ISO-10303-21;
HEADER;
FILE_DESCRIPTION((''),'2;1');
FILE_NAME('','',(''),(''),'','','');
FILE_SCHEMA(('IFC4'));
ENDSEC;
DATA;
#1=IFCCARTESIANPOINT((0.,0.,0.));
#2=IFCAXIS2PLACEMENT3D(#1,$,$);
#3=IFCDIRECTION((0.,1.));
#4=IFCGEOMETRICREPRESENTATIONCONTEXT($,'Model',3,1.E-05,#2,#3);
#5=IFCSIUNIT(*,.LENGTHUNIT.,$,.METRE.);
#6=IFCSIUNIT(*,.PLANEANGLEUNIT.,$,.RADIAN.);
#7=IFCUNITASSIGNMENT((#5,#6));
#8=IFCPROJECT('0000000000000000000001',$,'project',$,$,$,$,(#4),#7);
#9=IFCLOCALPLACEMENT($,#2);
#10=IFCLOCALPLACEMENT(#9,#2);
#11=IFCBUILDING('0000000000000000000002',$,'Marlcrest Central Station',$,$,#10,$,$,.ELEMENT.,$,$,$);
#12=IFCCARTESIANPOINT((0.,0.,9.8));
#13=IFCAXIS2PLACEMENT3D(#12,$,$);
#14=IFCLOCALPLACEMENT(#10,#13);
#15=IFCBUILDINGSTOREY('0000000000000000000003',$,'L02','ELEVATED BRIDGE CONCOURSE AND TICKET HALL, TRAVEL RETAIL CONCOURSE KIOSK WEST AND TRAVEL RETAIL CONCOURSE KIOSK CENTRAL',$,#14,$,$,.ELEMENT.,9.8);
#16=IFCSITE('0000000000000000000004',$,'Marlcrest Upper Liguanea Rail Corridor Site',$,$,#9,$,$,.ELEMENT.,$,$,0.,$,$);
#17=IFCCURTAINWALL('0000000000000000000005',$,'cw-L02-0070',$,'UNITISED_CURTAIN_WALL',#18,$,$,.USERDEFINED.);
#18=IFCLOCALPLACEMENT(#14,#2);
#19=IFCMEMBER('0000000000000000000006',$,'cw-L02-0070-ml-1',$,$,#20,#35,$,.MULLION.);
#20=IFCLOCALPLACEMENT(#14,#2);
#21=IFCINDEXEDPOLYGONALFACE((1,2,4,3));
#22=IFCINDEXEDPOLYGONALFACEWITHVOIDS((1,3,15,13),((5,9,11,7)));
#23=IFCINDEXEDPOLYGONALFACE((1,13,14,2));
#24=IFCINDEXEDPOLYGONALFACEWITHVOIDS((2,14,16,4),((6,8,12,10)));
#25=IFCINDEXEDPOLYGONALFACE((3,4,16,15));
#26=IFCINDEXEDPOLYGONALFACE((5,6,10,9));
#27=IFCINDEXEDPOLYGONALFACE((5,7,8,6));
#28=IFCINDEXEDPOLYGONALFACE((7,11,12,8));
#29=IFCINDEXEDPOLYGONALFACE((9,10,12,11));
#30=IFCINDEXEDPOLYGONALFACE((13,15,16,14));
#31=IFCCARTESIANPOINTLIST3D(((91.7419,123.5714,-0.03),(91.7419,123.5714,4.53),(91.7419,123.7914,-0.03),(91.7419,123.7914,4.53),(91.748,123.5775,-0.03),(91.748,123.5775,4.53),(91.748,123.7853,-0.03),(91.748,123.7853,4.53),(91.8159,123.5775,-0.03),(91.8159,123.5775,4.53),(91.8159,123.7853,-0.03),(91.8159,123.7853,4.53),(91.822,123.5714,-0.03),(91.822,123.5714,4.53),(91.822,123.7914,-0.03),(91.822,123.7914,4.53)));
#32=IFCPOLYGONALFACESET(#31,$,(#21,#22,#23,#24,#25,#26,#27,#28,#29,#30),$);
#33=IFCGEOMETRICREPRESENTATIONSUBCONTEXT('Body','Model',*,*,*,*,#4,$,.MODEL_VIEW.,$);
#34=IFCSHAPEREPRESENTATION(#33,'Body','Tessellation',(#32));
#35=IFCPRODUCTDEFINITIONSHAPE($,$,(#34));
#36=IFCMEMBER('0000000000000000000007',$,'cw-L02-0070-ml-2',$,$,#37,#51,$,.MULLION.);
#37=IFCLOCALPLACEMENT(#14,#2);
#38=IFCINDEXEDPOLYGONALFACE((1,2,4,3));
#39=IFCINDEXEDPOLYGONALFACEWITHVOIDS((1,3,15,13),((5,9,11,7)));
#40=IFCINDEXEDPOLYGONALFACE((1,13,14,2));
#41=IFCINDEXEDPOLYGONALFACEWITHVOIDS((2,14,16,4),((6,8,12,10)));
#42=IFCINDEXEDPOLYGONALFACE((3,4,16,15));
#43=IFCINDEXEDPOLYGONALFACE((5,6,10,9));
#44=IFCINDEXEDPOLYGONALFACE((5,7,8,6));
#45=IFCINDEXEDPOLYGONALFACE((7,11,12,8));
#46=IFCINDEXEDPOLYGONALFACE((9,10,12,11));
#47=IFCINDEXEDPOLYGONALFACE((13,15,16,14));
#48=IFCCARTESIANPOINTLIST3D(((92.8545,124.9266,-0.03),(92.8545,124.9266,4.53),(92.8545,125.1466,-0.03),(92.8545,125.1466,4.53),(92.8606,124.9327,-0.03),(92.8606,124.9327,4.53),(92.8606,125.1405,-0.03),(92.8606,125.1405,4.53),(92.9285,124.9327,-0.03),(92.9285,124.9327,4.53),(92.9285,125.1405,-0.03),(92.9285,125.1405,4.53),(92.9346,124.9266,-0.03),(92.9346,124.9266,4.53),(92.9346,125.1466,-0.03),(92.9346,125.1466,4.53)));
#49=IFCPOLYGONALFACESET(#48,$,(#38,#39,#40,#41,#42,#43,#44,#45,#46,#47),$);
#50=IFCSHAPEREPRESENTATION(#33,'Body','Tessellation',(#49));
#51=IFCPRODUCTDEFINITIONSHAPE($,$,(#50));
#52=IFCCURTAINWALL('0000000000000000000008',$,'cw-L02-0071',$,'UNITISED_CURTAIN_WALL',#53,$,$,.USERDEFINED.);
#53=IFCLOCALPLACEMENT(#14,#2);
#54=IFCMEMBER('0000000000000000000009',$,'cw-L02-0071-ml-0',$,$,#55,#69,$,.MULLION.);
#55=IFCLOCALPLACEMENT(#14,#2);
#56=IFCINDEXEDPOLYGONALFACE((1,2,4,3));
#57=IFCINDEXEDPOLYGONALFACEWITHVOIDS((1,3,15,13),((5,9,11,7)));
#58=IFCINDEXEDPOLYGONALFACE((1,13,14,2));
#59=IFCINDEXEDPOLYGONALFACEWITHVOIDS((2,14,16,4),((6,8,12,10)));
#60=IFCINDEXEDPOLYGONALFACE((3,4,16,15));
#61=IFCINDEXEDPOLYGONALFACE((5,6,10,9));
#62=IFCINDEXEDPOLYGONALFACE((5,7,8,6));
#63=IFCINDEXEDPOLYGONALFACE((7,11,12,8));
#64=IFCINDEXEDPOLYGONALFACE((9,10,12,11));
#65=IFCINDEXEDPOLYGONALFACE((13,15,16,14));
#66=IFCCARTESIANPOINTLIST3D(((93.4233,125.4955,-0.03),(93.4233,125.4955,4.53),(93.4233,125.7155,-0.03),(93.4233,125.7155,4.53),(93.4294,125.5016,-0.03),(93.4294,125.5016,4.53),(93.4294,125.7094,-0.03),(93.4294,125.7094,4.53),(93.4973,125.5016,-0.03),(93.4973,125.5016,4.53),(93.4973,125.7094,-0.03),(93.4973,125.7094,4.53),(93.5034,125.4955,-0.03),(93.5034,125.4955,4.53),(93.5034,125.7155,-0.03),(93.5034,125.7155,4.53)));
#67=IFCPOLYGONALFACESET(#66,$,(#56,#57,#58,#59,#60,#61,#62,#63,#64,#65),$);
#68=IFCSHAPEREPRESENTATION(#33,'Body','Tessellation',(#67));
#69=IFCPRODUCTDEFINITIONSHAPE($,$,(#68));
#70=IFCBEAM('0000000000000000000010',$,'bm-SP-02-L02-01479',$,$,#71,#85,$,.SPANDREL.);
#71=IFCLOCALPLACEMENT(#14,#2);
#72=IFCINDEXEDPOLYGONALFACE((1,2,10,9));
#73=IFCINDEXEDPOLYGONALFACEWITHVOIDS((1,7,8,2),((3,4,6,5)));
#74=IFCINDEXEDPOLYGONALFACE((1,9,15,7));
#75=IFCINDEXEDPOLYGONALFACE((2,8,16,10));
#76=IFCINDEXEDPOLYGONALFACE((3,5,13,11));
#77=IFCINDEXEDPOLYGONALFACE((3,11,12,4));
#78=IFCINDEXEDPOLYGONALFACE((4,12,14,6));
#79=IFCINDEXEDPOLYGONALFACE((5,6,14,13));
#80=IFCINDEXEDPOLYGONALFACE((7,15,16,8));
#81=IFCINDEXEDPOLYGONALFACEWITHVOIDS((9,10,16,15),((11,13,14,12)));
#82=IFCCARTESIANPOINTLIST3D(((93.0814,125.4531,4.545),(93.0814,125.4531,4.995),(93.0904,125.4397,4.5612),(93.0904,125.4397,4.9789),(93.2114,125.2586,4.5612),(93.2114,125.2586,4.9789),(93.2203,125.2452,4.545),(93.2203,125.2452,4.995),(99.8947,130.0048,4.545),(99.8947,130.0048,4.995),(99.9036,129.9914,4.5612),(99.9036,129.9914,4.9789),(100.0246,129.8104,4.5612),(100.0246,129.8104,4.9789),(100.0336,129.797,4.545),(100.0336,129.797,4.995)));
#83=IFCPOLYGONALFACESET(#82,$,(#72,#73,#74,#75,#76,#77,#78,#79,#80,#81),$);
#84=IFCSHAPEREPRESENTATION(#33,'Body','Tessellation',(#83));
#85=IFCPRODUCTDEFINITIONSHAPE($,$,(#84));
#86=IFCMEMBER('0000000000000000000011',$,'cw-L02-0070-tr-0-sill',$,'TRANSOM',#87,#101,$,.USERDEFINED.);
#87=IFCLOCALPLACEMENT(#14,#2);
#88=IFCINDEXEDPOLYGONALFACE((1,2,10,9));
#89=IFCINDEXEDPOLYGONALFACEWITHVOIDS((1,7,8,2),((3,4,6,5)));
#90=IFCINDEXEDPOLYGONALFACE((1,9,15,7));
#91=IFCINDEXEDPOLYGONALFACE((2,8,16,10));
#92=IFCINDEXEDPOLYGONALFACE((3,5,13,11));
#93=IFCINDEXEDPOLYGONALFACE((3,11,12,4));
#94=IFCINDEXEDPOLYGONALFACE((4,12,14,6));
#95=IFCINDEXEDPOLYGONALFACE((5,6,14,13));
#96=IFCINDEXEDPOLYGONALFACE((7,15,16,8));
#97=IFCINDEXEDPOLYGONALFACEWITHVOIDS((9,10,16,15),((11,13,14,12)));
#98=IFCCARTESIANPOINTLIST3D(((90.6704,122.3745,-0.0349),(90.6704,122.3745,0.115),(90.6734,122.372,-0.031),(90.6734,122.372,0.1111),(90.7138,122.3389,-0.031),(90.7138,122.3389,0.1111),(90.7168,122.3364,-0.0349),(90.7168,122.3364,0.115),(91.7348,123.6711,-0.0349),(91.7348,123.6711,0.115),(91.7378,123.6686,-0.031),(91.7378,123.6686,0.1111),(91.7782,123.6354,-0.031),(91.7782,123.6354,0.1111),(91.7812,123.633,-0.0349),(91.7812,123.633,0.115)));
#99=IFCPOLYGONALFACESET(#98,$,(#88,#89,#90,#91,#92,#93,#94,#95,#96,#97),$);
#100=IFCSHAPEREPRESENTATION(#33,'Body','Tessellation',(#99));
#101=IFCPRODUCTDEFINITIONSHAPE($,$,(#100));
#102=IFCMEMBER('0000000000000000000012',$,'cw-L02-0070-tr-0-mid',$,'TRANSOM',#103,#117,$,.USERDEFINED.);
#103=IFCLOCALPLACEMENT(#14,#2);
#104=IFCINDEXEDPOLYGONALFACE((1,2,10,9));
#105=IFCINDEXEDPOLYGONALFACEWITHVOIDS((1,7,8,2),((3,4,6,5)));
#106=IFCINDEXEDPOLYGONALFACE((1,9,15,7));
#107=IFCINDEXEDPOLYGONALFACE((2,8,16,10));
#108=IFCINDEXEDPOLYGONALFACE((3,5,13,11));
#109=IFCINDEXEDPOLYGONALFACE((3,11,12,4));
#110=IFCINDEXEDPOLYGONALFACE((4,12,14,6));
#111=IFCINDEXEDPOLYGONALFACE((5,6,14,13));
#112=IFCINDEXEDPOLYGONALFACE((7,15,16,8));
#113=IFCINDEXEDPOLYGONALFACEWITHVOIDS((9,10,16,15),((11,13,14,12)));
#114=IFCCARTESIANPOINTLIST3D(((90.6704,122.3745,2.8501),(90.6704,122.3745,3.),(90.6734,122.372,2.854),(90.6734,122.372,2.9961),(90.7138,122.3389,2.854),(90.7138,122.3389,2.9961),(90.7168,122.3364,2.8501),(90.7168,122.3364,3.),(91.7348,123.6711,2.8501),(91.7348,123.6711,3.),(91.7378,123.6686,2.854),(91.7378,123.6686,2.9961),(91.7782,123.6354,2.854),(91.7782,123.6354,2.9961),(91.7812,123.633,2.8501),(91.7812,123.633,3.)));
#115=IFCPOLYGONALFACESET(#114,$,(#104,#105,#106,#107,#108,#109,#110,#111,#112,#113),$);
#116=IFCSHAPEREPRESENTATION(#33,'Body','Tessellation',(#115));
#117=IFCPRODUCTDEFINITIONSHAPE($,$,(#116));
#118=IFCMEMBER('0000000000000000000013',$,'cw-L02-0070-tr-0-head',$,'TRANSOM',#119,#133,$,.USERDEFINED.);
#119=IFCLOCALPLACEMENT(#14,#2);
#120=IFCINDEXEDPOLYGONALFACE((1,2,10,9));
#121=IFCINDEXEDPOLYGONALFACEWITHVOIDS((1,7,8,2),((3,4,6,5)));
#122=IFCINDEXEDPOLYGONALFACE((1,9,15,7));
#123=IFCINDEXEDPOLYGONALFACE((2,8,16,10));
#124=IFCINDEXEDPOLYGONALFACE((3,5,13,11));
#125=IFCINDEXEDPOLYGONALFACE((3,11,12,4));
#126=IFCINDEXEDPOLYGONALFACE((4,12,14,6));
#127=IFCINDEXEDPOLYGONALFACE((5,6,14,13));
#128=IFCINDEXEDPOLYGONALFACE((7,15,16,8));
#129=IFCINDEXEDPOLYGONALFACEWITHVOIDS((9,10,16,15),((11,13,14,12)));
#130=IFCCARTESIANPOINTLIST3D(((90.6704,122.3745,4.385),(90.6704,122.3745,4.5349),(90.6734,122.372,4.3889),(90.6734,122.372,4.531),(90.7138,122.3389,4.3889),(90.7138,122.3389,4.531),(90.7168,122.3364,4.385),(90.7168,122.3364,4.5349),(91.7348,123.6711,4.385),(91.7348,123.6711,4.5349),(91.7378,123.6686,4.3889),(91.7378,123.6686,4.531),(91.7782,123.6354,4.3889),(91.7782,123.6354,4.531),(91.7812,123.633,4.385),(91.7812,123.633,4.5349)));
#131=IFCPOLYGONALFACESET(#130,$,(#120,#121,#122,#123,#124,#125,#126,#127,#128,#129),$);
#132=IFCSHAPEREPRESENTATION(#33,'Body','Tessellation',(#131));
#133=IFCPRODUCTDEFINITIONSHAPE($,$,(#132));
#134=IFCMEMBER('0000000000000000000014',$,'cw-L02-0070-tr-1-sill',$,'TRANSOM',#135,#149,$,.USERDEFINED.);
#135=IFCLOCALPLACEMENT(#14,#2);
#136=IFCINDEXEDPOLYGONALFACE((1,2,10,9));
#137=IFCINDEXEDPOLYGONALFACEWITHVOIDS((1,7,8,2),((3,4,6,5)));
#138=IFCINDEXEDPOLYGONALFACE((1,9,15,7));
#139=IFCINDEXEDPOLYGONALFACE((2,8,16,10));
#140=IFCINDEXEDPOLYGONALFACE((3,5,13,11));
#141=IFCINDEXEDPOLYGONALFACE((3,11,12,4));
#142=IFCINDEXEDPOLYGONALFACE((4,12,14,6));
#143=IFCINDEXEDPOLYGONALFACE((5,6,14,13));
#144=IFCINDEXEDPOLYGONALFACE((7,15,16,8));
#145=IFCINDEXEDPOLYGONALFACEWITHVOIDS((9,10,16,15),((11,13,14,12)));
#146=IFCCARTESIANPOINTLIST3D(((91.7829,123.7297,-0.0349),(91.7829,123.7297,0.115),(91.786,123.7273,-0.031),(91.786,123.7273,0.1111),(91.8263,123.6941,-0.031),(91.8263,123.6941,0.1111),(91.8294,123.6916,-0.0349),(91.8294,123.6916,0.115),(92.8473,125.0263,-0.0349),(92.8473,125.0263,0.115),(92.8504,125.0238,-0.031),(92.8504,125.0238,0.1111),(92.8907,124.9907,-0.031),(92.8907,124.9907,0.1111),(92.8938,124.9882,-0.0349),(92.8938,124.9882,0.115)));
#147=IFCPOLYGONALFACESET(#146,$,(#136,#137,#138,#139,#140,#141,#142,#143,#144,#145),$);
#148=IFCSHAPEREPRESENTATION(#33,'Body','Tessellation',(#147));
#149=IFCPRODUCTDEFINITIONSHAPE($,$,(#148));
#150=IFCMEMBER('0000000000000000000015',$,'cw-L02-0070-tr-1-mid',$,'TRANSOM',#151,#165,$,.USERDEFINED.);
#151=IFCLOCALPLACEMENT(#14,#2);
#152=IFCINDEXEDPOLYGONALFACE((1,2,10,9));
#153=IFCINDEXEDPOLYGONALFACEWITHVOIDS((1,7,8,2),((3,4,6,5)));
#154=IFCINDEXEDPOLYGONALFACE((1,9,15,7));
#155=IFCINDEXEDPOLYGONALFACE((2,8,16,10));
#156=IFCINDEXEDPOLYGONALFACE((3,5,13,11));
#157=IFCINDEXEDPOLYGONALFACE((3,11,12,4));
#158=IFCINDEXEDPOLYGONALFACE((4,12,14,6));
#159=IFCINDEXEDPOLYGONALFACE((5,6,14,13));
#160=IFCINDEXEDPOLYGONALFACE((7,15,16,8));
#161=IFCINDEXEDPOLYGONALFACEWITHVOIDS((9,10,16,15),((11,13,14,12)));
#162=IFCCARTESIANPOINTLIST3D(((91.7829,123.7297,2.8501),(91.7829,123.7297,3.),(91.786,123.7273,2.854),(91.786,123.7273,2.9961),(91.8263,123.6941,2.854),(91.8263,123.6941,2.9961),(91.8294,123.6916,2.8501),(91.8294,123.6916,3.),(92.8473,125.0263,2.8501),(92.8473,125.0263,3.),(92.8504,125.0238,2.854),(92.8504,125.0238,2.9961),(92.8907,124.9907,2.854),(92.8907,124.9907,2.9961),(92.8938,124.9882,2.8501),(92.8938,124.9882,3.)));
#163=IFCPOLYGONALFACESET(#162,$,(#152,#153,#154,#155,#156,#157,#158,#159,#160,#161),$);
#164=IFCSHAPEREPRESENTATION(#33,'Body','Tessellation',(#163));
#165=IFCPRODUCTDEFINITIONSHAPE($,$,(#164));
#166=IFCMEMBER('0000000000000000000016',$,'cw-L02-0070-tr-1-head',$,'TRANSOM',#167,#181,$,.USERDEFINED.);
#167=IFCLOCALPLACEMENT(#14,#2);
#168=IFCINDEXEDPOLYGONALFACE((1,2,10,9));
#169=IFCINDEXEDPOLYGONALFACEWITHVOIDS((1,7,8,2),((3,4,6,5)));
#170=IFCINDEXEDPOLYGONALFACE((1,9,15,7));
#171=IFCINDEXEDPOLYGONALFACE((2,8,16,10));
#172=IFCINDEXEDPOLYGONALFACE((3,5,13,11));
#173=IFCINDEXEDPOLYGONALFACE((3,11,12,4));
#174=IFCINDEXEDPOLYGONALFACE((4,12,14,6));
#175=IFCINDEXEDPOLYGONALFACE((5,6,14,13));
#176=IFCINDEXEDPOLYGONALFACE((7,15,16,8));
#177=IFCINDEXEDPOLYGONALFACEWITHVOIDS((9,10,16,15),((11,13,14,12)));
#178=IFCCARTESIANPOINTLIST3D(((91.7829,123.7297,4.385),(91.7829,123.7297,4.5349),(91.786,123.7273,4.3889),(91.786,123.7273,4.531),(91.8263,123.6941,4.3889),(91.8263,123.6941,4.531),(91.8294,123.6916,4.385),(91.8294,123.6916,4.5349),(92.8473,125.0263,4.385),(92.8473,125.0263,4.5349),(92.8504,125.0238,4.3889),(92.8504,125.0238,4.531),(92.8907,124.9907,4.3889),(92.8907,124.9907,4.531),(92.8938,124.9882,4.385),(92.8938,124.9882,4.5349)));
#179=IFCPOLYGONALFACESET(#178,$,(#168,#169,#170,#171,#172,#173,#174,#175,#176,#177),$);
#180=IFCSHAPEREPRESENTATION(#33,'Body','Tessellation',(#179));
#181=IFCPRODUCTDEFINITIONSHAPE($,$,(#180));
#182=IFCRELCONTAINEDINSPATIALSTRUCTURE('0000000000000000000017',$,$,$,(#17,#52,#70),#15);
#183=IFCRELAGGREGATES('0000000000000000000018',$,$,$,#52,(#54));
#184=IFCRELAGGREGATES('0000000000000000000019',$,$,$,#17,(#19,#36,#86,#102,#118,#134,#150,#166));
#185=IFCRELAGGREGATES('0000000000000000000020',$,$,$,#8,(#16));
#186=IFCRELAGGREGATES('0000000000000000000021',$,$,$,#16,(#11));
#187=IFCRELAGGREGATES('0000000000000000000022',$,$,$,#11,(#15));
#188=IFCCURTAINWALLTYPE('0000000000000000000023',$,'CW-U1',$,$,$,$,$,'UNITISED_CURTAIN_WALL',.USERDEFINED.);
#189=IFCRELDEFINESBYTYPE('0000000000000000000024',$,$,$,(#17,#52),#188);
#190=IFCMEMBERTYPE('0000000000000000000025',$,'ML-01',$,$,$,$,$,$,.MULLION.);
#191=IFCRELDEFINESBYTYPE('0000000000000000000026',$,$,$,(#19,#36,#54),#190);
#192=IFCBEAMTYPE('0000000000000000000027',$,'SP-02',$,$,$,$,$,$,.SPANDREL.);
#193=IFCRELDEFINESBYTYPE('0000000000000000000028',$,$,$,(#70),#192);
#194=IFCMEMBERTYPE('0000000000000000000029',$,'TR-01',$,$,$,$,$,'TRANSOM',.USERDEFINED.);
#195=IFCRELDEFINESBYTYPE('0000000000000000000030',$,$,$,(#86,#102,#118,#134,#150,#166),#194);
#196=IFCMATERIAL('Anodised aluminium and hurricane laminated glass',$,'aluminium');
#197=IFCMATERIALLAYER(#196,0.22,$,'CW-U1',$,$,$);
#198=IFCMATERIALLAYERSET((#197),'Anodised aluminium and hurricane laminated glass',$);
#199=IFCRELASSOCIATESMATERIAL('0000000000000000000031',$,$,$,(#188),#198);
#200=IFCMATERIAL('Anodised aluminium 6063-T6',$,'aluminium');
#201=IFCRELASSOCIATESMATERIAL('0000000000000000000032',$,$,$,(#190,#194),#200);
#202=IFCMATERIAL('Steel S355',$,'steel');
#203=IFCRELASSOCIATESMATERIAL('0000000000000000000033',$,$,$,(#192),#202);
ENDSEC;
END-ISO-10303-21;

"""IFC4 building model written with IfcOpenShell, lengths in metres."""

from ifc_helpers import new_model, si_unit, direction, frame, origin, origin_2d, place, context, subcontext, project, spatial, hollow_rectangle, extrude, material, layer, layer_set, material_profile, profile_set, type_object, element, aggregate, save


model = new_model("IFC4")

# Units and contexts
model_context = context("Model", 3, precision=1e-05, world=origin(), true_north=direction((0.0, 1.0)))
body_context = subcontext(model_context, "Body", "Model", "MODEL_VIEW")
ifc_project = project(units=[si_unit("LENGTHUNIT", "METRE"), si_unit("PLANEANGLEUNIT", "RADIAN")], contexts=[model_context])

# Site, building, storey
site_placement = place(None, origin())
site = spatial("IfcSite", under=ifc_project, at=site_placement, Name="Marlcrest Upper Liguanea Rail Corridor Site", CompositionType="ELEMENT", RefElevation=0.0)
building_placement = place(site_placement, origin())
building = spatial("IfcBuilding", under=site, at=building_placement, Name="Marlcrest Central Station", CompositionType="ELEMENT")
storey_placement = place(building_placement, frame((0.0, 0.0, 9.8)))
storey = spatial("IfcBuildingStorey", under=building, at=storey_placement, Name="L02", Description="ELEVATED BRIDGE CONCOURSE AND TICKET HALL, TRAVEL RETAIL CONCOURSE KIOSK WEST AND TRAVEL RETAIL CONCOURSE KIOSK CENTRAL", CompositionType="ELEMENT", Elevation=9.8)

# Shared definitions
ifc_material_1 = material(Name="Steel S355", Category="steel")

# Shared definitions
ifc_material_2 = material(Name="Anodised aluminium and hurricane laminated glass", Category="aluminium")
ifc_layer_1 = layer(ifc_material_2, 0.22, Name="CW-U1")
ifc_layer_set_1 = layer_set([ifc_layer_1], Name="Anodised aluminium and hurricane laminated glass")
curtain_wall_type = type_object("IfcCurtainWallType", Name="CW-U1", ElementType="UNITISED_CURTAIN_WALL", PredefinedType="USERDEFINED", material=ifc_layer_set_1)
ifc_material_3 = material(Name="Anodised aluminium 6063-T6", Category="aluminium")
ifc_material_profile_1 = material_profile(ifc_material_3, hollow_rectangle(XDim=0.0801, YDim=0.22, WallThickness=0.0061, at=origin_2d()), Name="AA-RHS 220x80x6")
ifc_profile_set_1 = profile_set([ifc_material_profile_1], Name="Anodised aluminium 6063-T6")
member_type_1 = type_object("IfcMemberType", Name="ML-01", PredefinedType="MULLION", material=ifc_profile_set_1)

# Curtain wall, members
curtain_wall_1_placement = place(storey_placement, origin())
curtain_wall_1 = element("IfcCurtainWall", 1, at=curtain_wall_1_placement, inside=storey, type_object=curtain_wall_type, Name="cw-L02-0070", ObjectType="UNITISED_CURTAIN_WALL", PredefinedType="USERDEFINED")
member_1_placement = place(storey_placement, frame((91.782, 123.6814, -0.03), z_axis=(0.0, 0.0, 1.0), x_axis=(1.0, 0.0, 0.0)))
member_1 = element("IfcMember", 2, at=member_1_placement, type_object=member_type_1, Name="cw-L02-0070-ml-1", PredefinedType="MULLION", context=body_context, shape_type="SweptSolid", body=[
    extrude(hollow_rectangle(XDim=0.0801, YDim=0.22, WallThickness=0.0061, at=origin_2d()), origin(), (0.0, 0.0, 1.0), 4.5601),
])
member_2_placement = place(storey_placement, frame((92.8945, 125.0366, -0.03), z_axis=(0.0, 0.0, 1.0), x_axis=(1.0, 0.0, 0.0)))
member_2 = element("IfcMember", 3, at=member_2_placement, type_object=member_type_1, Name="cw-L02-0070-ml-2", PredefinedType="MULLION", context=body_context, shape_type="SweptSolid", body=[
    extrude(hollow_rectangle(XDim=0.0801, YDim=0.22, WallThickness=0.0061, at=origin_2d()), origin(), (0.0, 0.0, 1.0), 4.5601),
])

# Curtain wall, member
curtain_wall_2_placement = place(storey_placement, origin())
curtain_wall_2 = element("IfcCurtainWall", 4, at=curtain_wall_2_placement, inside=storey, type_object=curtain_wall_type, Name="cw-L02-0071", ObjectType="UNITISED_CURTAIN_WALL", PredefinedType="USERDEFINED")
member_3_placement = place(storey_placement, frame((93.4634, 125.6055, -0.03), z_axis=(0.0, 0.0, 1.0), x_axis=(1.0, 0.0, 0.0)))
member_3 = element("IfcMember", 5, at=member_3_placement, type_object=member_type_1, Name="cw-L02-0071-ml-0", PredefinedType="MULLION", context=body_context, shape_type="SweptSolid", body=[
    extrude(hollow_rectangle(XDim=0.0801, YDim=0.22, WallThickness=0.0061, at=origin_2d()), origin(), (0.0, 0.0, 1.0), 4.5601),
])

# Beam
ifc_material_profile_2 = material_profile(ifc_material_1, hollow_rectangle(XDim=0.25, YDim=0.45, WallThickness=0.0161, at=origin_2d()), Name="RHS 450x250x16")
ifc_profile_set_2 = profile_set([ifc_material_profile_2], Name="Steel S355")
beam_type_1 = type_object("IfcBeamType", Name="SP-02", PredefinedType="SPANDREL", material=ifc_profile_set_2)
beam_1_placement = place(storey_placement, frame((93.1509, 125.3491, 4.77), z_axis=(0.831509, 0.555511, 0.0), x_axis=(-0.555511, 0.831509, 0.0)))
element("IfcBeam", 6, at=beam_1_placement, inside=storey, type_object=beam_type_1, Name="bm-SP-02-L02-01479", PredefinedType="SPANDREL", context=body_context, shape_type="SweptSolid", body=[
    extrude(hollow_rectangle(XDim=0.25, YDim=0.45, WallThickness=0.0161, at=origin_2d()), origin(), (0.0, 0.0, 1.0), 8.1938),
])

# Members
ifc_material_profile_3 = material_profile(ifc_material_3, hollow_rectangle(XDim=0.0601, YDim=0.1499, WallThickness=0.0039, at=origin_2d()), Name="AA-RHS 150x60x4")
ifc_profile_set_3 = profile_set([ifc_material_profile_3], Name="Anodised aluminium 6063-T6")
member_type_2 = type_object("IfcMemberType", Name="TR-01", ElementType="TRANSOM", PredefinedType="USERDEFINED", material=ifc_profile_set_3)
member_4_placement = place(storey_placement, frame((90.6936, 122.3555, 0.04), z_axis=(0.634513, 0.772912, 0.0), x_axis=(-0.772912, 0.634513, 0.0)))
member_4 = element("IfcMember", 7, at=member_4_placement, type_object=member_type_2, Name="cw-L02-0070-tr-0-sill", ObjectType="TRANSOM", PredefinedType="USERDEFINED", context=body_context, shape_type="SweptSolid", body=[
    extrude(hollow_rectangle(XDim=0.0601, YDim=0.1499, WallThickness=0.0039, at=origin_2d()), origin(), (0.0, 0.0, 1.0), 1.6775),
])
member_5_placement = place(storey_placement, frame((90.6936, 122.3555, 2.925), z_axis=(0.634513, 0.772912, 0.0), x_axis=(-0.772912, 0.634513, 0.0)))
member_5 = element("IfcMember", 8, at=member_5_placement, type_object=member_type_2, Name="cw-L02-0070-tr-0-mid", ObjectType="TRANSOM", PredefinedType="USERDEFINED", context=body_context, shape_type="SweptSolid", body=[
    extrude(hollow_rectangle(XDim=0.0601, YDim=0.1499, WallThickness=0.0039, at=origin_2d()), origin(), (0.0, 0.0, 1.0), 1.6775),
])
member_6_placement = place(storey_placement, frame((90.6936, 122.3555, 4.46), z_axis=(0.634513, 0.772912, 0.0), x_axis=(-0.772912, 0.634513, 0.0)))
member_6 = element("IfcMember", 9, at=member_6_placement, type_object=member_type_2, Name="cw-L02-0070-tr-0-head", ObjectType="TRANSOM", PredefinedType="USERDEFINED", context=body_context, shape_type="SweptSolid", body=[
    extrude(hollow_rectangle(XDim=0.0601, YDim=0.1499, WallThickness=0.0039, at=origin_2d()), origin(), (0.0, 0.0, 1.0), 1.6775),
])
member_7_placement = place(storey_placement, frame((91.8062, 123.7107, 0.04), z_axis=(0.634513, 0.772912, 0.0), x_axis=(-0.772912, 0.634513, 0.0)))
member_7 = element("IfcMember", 10, at=member_7_placement, type_object=member_type_2, Name="cw-L02-0070-tr-1-sill", ObjectType="TRANSOM", PredefinedType="USERDEFINED", context=body_context, shape_type="SweptSolid", body=[
    extrude(hollow_rectangle(XDim=0.0601, YDim=0.1499, WallThickness=0.0039, at=origin_2d()), origin(), (0.0, 0.0, 1.0), 1.6775),
])
member_8_placement = place(storey_placement, frame((91.8062, 123.7107, 2.925), z_axis=(0.634513, 0.772912, 0.0), x_axis=(-0.772912, 0.634513, 0.0)))
member_8 = element("IfcMember", 11, at=member_8_placement, type_object=member_type_2, Name="cw-L02-0070-tr-1-mid", ObjectType="TRANSOM", PredefinedType="USERDEFINED", context=body_context, shape_type="SweptSolid", body=[
    extrude(hollow_rectangle(XDim=0.0601, YDim=0.1499, WallThickness=0.0039, at=origin_2d()), origin(), (0.0, 0.0, 1.0), 1.6775),
])
member_9_placement = place(storey_placement, frame((91.8062, 123.7107, 4.46), z_axis=(0.634513, 0.772912, 0.0), x_axis=(-0.772912, 0.634513, 0.0)))
member_9 = element("IfcMember", 12, at=member_9_placement, type_object=member_type_2, Name="cw-L02-0070-tr-1-head", ObjectType="TRANSOM", PredefinedType="USERDEFINED", context=body_context, shape_type="SweptSolid", body=[
    extrude(hollow_rectangle(XDim=0.0601, YDim=0.1499, WallThickness=0.0039, at=origin_2d()), origin(), (0.0, 0.0, 1.0), 1.6775),
])
aggregate(curtain_wall_2, [member_3])

aggregate(curtain_wall_1, [member_1, member_2, member_4, member_5, member_6, member_7, member_8, member_9])

save(model, "model.ifc")
